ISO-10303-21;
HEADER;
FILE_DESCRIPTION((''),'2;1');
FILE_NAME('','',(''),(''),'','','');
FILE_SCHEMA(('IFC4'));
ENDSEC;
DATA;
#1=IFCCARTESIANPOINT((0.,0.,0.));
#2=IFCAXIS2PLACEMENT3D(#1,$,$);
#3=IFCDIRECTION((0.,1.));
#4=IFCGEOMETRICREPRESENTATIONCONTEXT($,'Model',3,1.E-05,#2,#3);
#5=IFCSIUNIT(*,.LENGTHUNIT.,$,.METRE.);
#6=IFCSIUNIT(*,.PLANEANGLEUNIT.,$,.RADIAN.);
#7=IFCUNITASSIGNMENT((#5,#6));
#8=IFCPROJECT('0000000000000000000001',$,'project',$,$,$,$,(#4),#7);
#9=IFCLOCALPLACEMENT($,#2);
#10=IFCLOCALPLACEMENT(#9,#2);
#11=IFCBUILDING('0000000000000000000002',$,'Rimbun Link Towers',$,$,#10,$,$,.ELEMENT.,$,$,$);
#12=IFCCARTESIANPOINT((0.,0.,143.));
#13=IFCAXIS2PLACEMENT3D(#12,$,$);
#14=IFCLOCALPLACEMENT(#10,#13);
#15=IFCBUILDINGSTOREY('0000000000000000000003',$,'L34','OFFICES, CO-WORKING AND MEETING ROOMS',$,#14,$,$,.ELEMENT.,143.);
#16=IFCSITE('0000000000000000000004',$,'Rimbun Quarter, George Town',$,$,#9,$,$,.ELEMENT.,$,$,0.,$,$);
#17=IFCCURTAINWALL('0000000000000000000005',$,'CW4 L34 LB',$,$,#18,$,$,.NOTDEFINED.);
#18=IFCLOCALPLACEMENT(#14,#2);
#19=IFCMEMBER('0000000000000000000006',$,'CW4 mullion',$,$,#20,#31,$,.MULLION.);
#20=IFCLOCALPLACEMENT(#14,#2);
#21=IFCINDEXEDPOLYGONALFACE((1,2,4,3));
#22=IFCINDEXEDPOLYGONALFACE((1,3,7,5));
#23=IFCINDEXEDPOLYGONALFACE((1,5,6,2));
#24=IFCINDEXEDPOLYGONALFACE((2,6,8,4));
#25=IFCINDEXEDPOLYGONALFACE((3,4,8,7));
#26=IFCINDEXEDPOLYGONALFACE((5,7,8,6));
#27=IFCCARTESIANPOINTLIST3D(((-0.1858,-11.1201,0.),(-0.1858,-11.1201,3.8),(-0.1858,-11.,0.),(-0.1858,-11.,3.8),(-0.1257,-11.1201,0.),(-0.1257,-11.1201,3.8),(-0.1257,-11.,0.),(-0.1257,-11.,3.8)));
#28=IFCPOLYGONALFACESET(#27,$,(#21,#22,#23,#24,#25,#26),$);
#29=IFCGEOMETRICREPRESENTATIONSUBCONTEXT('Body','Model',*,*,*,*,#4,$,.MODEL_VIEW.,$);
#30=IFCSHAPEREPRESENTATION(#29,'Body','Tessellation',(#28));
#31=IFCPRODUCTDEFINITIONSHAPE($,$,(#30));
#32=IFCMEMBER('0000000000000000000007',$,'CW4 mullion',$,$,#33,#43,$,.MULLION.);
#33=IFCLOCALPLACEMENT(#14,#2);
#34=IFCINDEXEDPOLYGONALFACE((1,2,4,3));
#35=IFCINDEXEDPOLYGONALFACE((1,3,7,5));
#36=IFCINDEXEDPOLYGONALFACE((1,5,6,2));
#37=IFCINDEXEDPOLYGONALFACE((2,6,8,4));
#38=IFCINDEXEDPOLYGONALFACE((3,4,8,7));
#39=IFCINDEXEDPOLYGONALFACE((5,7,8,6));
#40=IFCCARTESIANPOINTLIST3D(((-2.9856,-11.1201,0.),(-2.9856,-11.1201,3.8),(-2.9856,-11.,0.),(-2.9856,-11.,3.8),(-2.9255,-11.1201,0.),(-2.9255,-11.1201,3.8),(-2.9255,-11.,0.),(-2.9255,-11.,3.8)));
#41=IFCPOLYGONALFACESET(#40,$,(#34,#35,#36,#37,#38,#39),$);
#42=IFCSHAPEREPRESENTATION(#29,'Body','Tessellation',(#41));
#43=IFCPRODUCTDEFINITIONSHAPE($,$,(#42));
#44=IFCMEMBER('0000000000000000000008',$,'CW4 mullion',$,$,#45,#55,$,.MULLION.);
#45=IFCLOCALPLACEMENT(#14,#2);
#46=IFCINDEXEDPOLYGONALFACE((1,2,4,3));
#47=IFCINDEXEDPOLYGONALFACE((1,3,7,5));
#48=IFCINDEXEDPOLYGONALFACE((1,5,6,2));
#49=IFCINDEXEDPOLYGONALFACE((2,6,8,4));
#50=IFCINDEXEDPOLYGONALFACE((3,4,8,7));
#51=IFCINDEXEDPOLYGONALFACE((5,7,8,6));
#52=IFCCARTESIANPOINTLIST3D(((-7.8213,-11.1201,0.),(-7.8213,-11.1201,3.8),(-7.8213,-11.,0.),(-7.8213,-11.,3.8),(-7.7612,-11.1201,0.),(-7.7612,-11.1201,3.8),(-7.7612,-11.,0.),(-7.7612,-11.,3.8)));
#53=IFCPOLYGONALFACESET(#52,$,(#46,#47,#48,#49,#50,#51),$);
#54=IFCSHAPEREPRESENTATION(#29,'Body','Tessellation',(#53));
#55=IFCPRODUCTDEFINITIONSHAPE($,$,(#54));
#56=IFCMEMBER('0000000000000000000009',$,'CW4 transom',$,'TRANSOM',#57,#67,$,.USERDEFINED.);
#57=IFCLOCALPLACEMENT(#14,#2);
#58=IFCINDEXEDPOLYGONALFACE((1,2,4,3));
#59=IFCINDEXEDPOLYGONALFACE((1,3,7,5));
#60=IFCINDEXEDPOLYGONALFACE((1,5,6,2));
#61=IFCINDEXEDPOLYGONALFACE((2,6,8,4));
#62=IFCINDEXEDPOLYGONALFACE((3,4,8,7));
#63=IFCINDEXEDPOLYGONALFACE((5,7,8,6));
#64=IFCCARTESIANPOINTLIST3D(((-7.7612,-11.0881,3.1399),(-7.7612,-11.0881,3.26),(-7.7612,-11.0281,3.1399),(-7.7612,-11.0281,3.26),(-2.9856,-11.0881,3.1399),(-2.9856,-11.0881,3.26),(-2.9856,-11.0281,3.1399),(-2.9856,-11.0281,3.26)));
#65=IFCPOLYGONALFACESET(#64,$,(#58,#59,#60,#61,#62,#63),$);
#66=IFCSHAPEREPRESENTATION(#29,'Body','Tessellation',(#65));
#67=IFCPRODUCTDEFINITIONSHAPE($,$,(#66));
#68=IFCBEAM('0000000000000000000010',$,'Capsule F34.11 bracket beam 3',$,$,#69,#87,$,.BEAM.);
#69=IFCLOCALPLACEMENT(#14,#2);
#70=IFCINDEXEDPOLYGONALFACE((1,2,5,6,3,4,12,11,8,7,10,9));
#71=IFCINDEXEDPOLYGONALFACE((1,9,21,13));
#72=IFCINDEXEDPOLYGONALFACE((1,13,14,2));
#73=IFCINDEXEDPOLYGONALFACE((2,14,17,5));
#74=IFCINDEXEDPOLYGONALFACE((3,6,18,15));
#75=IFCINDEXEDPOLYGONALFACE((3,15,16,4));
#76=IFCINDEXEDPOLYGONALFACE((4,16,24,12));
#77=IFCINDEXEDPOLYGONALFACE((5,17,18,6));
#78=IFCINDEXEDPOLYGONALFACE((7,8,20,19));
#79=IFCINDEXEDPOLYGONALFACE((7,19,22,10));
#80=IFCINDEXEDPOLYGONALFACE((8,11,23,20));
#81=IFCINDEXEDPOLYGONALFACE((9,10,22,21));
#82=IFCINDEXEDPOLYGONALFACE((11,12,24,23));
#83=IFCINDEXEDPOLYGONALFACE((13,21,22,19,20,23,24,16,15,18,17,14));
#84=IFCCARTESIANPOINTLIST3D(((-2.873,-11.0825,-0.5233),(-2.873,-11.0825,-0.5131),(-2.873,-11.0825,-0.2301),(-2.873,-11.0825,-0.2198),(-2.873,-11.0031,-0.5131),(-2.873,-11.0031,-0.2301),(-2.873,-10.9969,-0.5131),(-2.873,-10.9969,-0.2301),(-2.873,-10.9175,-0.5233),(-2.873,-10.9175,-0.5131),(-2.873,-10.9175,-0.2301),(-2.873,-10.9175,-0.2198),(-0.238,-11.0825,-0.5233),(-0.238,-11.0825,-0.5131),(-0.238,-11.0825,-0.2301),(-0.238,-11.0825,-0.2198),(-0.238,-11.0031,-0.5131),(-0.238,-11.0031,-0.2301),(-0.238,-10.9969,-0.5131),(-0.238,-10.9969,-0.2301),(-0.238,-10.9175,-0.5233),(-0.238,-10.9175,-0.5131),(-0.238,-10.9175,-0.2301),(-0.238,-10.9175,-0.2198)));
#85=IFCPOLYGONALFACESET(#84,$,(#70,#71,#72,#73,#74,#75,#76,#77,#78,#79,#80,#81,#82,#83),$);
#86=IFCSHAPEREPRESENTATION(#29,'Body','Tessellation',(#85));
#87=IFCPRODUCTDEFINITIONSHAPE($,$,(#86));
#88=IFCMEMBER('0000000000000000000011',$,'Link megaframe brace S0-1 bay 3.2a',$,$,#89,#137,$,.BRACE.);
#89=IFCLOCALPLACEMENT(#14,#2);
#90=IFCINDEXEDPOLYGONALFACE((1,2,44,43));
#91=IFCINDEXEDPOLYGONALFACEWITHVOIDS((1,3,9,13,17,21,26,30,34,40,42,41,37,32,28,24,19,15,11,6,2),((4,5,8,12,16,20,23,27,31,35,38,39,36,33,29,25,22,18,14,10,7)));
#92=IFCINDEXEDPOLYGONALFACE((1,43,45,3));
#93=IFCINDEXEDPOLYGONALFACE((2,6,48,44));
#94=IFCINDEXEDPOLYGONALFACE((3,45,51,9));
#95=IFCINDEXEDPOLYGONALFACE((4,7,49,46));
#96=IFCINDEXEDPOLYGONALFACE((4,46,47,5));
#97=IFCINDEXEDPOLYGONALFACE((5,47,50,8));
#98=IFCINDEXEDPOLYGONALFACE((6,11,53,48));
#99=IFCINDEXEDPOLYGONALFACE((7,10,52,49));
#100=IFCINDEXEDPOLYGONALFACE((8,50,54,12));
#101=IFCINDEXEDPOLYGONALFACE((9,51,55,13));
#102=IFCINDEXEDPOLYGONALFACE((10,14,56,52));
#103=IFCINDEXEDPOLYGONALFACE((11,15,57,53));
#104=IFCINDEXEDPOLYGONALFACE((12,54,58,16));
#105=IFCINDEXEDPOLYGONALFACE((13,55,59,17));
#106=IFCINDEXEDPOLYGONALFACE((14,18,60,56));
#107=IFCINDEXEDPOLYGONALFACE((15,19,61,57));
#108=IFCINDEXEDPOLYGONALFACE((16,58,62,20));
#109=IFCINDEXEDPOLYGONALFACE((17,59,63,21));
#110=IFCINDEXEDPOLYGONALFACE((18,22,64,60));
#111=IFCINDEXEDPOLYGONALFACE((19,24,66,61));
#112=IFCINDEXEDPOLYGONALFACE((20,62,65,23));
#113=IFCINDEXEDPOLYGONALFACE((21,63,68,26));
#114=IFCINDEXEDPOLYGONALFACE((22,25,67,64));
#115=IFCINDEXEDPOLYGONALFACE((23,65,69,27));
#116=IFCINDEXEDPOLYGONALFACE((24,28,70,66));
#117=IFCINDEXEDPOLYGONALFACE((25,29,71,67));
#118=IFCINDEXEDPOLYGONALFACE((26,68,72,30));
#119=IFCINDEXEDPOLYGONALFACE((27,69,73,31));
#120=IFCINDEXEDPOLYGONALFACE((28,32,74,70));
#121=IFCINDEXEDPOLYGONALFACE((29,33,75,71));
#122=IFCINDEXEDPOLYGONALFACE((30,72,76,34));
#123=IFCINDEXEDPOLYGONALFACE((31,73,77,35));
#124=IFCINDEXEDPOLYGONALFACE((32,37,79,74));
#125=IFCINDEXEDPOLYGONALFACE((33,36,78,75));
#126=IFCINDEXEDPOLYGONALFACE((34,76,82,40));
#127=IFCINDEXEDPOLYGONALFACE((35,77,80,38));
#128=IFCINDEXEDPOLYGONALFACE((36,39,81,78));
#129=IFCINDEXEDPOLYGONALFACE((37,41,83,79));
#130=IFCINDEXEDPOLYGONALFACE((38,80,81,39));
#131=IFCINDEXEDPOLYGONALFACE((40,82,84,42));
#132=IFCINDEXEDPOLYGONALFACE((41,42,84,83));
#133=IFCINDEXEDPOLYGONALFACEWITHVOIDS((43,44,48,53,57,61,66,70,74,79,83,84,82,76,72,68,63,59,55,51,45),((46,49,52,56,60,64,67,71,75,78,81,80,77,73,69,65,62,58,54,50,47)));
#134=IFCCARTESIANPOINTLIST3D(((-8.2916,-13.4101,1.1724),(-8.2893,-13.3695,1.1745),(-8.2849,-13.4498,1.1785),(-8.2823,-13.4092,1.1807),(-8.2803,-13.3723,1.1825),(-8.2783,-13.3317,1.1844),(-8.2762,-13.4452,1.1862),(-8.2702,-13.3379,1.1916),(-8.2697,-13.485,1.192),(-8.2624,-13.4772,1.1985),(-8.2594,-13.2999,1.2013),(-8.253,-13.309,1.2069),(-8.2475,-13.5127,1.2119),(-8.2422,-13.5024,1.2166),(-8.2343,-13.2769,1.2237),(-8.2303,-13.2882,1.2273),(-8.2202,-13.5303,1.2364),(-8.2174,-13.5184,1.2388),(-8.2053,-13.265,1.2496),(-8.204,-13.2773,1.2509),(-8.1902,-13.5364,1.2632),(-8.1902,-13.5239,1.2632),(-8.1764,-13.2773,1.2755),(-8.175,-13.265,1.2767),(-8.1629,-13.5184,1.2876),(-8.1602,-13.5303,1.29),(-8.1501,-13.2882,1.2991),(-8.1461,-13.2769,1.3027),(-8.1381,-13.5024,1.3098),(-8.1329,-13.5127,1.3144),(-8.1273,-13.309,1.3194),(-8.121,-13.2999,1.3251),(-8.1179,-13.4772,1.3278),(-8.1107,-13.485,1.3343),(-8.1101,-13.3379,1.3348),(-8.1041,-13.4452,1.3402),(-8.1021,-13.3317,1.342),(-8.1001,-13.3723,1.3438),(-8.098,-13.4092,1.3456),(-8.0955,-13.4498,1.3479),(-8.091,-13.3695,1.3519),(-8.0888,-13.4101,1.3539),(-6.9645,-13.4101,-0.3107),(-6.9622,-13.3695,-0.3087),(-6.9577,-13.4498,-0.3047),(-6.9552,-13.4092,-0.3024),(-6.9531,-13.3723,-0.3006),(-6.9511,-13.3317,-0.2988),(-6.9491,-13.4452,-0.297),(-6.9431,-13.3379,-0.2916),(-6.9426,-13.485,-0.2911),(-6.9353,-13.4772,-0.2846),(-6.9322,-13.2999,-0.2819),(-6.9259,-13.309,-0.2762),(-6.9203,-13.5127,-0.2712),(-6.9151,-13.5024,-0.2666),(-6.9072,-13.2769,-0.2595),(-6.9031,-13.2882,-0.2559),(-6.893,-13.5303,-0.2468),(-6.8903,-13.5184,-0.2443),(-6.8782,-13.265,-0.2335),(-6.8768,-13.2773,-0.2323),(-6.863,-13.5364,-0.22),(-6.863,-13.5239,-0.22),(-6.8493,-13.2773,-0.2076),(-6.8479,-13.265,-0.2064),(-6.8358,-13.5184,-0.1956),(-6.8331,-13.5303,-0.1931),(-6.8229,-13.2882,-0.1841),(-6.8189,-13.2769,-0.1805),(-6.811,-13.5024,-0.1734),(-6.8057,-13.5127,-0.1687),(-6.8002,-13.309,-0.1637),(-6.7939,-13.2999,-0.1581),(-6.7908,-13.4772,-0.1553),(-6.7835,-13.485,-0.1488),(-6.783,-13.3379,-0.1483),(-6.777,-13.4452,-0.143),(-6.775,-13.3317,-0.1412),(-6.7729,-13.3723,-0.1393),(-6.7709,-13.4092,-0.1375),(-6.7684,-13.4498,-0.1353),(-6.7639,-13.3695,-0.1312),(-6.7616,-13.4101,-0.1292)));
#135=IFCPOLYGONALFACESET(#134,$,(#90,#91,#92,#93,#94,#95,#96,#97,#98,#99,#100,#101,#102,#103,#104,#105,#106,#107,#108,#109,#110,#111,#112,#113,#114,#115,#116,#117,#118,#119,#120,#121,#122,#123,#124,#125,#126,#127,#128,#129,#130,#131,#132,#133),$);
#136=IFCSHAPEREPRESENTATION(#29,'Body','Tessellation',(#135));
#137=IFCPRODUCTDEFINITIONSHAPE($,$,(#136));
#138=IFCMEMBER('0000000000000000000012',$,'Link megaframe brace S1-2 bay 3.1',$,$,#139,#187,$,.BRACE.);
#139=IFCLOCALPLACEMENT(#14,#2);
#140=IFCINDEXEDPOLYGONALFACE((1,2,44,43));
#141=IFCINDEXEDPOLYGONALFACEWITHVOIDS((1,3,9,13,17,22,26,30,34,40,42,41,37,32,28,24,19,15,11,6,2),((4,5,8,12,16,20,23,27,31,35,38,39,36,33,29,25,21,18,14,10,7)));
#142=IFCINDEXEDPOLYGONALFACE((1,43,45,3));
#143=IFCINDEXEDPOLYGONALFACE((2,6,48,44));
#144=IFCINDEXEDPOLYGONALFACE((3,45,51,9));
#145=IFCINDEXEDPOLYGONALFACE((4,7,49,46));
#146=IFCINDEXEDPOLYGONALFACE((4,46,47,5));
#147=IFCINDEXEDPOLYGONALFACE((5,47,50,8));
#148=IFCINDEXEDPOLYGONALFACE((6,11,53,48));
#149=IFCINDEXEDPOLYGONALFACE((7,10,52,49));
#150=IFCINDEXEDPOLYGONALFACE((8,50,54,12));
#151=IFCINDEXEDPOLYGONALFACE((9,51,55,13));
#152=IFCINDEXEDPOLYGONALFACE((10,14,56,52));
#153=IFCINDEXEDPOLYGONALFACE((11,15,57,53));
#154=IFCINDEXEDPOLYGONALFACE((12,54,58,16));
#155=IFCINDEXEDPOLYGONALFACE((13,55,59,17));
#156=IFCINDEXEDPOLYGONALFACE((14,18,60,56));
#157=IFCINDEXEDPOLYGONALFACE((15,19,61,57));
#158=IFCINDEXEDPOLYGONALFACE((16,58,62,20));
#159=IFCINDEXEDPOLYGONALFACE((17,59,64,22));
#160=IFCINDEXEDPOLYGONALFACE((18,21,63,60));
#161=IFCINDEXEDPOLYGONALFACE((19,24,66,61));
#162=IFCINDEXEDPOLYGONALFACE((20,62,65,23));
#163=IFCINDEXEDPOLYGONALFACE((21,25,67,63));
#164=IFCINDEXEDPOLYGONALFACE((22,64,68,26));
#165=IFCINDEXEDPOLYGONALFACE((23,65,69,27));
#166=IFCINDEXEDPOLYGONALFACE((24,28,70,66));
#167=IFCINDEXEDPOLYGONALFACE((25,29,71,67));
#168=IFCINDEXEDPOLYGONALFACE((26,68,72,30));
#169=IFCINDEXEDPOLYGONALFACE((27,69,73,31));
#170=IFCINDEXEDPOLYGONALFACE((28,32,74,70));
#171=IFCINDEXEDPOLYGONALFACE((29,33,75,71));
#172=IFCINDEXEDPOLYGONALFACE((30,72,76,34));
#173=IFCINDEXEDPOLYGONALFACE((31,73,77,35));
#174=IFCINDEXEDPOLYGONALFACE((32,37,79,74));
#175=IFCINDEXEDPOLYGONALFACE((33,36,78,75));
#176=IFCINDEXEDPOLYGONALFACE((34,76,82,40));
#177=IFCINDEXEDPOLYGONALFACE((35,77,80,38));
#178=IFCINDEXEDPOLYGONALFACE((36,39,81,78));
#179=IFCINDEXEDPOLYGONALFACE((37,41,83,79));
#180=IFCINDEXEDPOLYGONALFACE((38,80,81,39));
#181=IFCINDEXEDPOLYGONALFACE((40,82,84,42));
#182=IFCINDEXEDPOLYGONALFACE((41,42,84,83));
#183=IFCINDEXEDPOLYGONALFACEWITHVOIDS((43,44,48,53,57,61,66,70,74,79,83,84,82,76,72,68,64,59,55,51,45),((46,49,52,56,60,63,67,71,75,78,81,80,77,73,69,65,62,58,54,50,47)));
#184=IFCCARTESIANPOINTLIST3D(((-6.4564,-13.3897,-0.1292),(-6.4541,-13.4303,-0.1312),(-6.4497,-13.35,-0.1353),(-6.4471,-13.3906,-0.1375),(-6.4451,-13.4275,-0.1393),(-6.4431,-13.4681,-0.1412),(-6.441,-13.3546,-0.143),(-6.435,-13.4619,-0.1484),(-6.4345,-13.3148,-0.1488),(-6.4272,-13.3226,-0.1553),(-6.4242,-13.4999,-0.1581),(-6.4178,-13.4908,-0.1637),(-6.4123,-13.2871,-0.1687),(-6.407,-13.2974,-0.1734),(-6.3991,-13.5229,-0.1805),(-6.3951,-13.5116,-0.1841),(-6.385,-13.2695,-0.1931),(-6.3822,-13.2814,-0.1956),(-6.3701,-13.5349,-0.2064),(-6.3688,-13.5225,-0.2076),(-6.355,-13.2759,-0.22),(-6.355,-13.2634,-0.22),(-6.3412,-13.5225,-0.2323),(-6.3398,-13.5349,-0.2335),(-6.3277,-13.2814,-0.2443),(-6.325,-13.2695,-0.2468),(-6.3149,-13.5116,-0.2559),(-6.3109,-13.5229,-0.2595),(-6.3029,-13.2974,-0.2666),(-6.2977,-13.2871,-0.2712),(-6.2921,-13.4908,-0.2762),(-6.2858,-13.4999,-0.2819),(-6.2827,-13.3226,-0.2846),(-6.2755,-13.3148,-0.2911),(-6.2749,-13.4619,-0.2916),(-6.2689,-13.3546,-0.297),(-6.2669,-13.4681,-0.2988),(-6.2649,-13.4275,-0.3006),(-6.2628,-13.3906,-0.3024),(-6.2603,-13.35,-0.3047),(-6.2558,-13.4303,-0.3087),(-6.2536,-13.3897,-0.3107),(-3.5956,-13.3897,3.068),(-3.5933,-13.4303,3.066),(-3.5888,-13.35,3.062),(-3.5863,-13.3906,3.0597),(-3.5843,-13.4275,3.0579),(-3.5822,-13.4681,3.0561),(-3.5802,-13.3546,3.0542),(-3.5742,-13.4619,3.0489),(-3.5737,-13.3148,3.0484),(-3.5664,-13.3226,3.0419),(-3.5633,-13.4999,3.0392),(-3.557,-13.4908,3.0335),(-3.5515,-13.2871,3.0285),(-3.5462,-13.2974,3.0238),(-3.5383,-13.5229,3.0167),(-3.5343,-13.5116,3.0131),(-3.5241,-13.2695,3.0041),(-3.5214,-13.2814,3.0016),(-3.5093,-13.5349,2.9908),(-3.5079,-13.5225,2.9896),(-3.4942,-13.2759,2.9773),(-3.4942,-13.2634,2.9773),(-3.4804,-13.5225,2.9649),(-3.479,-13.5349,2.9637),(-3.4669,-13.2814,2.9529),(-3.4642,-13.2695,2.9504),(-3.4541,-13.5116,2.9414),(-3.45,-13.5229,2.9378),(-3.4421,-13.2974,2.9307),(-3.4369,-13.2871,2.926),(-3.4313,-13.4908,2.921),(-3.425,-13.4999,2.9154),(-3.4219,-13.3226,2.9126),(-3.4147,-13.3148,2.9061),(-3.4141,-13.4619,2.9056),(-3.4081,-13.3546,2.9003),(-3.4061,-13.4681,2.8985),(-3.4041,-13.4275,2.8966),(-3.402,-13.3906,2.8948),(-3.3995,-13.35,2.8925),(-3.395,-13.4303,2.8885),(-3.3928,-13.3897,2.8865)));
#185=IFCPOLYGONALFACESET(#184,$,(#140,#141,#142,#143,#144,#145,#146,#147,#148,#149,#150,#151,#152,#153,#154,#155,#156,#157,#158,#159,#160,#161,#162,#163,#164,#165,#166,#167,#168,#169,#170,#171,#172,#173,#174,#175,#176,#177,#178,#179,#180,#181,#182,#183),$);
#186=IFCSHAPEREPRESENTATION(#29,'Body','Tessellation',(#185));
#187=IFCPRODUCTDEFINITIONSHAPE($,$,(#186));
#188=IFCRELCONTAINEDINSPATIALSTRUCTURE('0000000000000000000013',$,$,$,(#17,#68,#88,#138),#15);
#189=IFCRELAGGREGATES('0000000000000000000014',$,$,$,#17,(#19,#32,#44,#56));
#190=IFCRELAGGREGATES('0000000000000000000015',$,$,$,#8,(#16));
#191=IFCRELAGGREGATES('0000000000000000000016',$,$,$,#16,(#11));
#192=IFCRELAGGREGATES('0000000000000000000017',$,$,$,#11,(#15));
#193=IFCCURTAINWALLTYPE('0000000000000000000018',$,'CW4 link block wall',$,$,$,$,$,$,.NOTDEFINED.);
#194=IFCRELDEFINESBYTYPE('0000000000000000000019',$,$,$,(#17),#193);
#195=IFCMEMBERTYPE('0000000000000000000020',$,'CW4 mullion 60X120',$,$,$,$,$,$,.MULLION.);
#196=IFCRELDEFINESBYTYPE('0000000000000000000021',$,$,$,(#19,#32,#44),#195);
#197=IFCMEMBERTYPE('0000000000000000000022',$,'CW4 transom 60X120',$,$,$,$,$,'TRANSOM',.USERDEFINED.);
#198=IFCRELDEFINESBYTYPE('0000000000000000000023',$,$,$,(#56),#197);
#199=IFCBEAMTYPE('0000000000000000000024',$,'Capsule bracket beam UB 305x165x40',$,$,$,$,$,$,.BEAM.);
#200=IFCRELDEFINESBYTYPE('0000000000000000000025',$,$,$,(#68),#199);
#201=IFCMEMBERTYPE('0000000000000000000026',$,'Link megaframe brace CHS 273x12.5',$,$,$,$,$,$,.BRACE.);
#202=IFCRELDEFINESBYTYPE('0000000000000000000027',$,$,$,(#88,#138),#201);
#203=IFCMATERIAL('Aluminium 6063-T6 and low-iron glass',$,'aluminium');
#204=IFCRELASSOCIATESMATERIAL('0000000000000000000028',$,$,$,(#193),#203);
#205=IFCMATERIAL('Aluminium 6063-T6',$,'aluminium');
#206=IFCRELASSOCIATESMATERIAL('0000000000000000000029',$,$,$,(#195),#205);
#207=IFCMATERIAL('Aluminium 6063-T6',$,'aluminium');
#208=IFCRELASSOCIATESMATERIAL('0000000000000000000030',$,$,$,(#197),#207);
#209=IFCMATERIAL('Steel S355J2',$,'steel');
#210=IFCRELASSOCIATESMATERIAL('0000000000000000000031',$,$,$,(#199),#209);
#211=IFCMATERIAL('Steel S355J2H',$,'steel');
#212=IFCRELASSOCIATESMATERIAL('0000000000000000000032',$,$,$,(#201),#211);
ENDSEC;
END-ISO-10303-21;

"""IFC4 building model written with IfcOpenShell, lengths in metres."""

from ifc_helpers import new_model, si_unit, direction, frame, origin, origin_2d, place, context, subcontext, project, spatial, rectangle, hollow_circle, i_section, extrude, material, material_profile, profile_set, type_object, element, aggregate, save


model = new_model("IFC4")

# Units and contexts
model_context = context("Model", 3, precision=1e-05, world=origin(), true_north=direction((0.0, 1.0)))
body_context = subcontext(model_context, "Body", "Model", "MODEL_VIEW")
ifc_project = project(units=[si_unit("LENGTHUNIT", "METRE"), si_unit("PLANEANGLEUNIT", "RADIAN")], contexts=[model_context])

# Site, building, storey
site_placement = place(None, origin())
site = spatial("IfcSite", under=ifc_project, at=site_placement, Name="Rimbun Quarter, George Town", CompositionType="ELEMENT", RefElevation=0.0)
building_placement = place(site_placement, origin())
building = spatial("IfcBuilding", under=site, at=building_placement, Name="Rimbun Link Towers", CompositionType="ELEMENT")
storey_placement = place(building_placement, frame((0.0, 0.0, 143.0)))
storey = spatial("IfcBuildingStorey", under=building, at=storey_placement, Name="L34", Description="OFFICES, CO-WORKING AND MEETING ROOMS", CompositionType="ELEMENT", Elevation=143.0)

# Curtain wall, members
ifc_material_1 = material(Name="Aluminium 6063-T6 and low-iron glass", Category="aluminium")
curtain_wall_type = type_object("IfcCurtainWallType", Name="CW4 link block wall", PredefinedType="NOTDEFINED", material=ifc_material_1)
curtain_wall_placement = place(storey_placement, origin())
curtain_wall = element("IfcCurtainWall", 1, at=curtain_wall_placement, inside=storey, type_object=curtain_wall_type, Name="CW4 L34 LB", PredefinedType="NOTDEFINED")
ifc_material_2 = material(Name="Aluminium 6063-T6", Category="aluminium")
ifc_material_profile_1 = material_profile(ifc_material_2, rectangle(XDim=0.1201, YDim=0.0601, at=origin_2d()), Name="MULLION 60X120")
ifc_profile_set_1 = profile_set([ifc_material_profile_1], Name="Aluminium 6063-T6")
member_type_1 = type_object("IfcMemberType", Name="CW4 mullion 60X120", PredefinedType="MULLION", material=ifc_profile_set_1)
member_1_placement = place(storey_placement, frame((-0.1558, -11.0601, 0.0), z_axis=(0.0, 0.0, 1.0), x_axis=(0.0, -1.0, 0.0)))
member_1 = element("IfcMember", 2, at=member_1_placement, type_object=member_type_1, Name="CW4 mullion", PredefinedType="MULLION", context=body_context, shape_type="SweptSolid", body=[
    extrude(rectangle(XDim=0.1201, YDim=0.0601, at=origin_2d()), origin(), (0.0, 0.0, 1.0), 3.8),
])
member_2_placement = place(storey_placement, frame((-2.9556, -11.0601, 0.0), z_axis=(0.0, 0.0, 1.0), x_axis=(0.0, -1.0, 0.0)))
member_2 = element("IfcMember", 3, at=member_2_placement, type_object=member_type_1, Name="CW4 mullion", PredefinedType="MULLION", context=body_context, shape_type="SweptSolid", body=[
    extrude(rectangle(XDim=0.1201, YDim=0.0601, at=origin_2d()), origin(), (0.0, 0.0, 1.0), 3.8),
])
member_3_placement = place(storey_placement, frame((-7.7913, -11.0601, 0.0), z_axis=(0.0, 0.0, 1.0), x_axis=(0.0, -1.0, 0.0)))
member_3 = element("IfcMember", 4, at=member_3_placement, type_object=member_type_1, Name="CW4 mullion", PredefinedType="MULLION", context=body_context, shape_type="SweptSolid", body=[
    extrude(rectangle(XDim=0.1201, YDim=0.0601, at=origin_2d()), origin(), (0.0, 0.0, 1.0), 3.8),
])
ifc_material_3 = material(Name="Aluminium 6063-T6", Category="aluminium")
ifc_material_profile_2 = material_profile(ifc_material_3, rectangle(XDim=0.0601, YDim=0.1201, at=origin_2d()), Name="TRANSOM 60X120")
ifc_profile_set_2 = profile_set([ifc_material_profile_2], Name="Aluminium 6063-T6")
member_type_2 = type_object("IfcMemberType", Name="CW4 transom 60X120", ElementType="TRANSOM", PredefinedType="USERDEFINED", material=ifc_profile_set_2)
member_4_placement = place(storey_placement, frame((-2.9856, -11.0581, 3.2), z_axis=(-1.0, 0.0, 0.0), x_axis=(0.0, -1.0, 0.0)))
member_4 = element("IfcMember", 5, at=member_4_placement, type_object=member_type_2, Name="CW4 transom", ObjectType="TRANSOM", PredefinedType="USERDEFINED", context=body_context, shape_type="SweptSolid", body=[
    extrude(rectangle(XDim=0.0601, YDim=0.1201, at=origin_2d()), origin(), (0.0, 0.0, 1.0), 4.7756),
])

# Beam
ifc_material_4 = material(Name="Steel S355J2", Category="steel")
ifc_material_profile_3 = material_profile(ifc_material_4, i_section(OverallWidth=0.165, OverallDepth=0.3035, WebThickness=0.0061, FlangeThickness=0.0103, at=origin_2d()), Name="UB 305x165x40")
ifc_profile_set_3 = profile_set([ifc_material_profile_3], Name="Steel S355J2")
beam_type_1 = type_object("IfcBeamType", Name="Capsule bracket beam UB 305x165x40", PredefinedType="BEAM", material=ifc_profile_set_3)
beam_placement = place(storey_placement, frame((-2.873, -11.0, -0.3716), z_axis=(1.0, 0.0, 0.0), x_axis=(0.0, 1.0, 0.0)))
element("IfcBeam", 6, at=beam_placement, inside=storey, type_object=beam_type_1, Name="Capsule F34.11 bracket beam 3", PredefinedType="BEAM", context=body_context, shape_type="SweptSolid", body=[
    extrude(i_section(OverallWidth=0.165, OverallDepth=0.3035, WebThickness=0.0061, FlangeThickness=0.0103, at=origin_2d()), origin(), (0.0, 0.0, 1.0), 2.635),
])

# Members
ifc_material_5 = material(Name="Steel S355J2H", Category="steel")
ifc_material_profile_4 = material_profile(ifc_material_5, hollow_circle(Radius=0.1365, WallThickness=0.0125, at=origin_2d()), Name="CHS 273x12.5")
ifc_profile_set_4 = profile_set([ifc_material_profile_4], Name="Steel S355J2H")
member_type_3 = type_object("IfcMemberType", Name="Link megaframe brace CHS 273x12.5", PredefinedType="BRACE", material=ifc_profile_set_4)
member_5_placement = place(storey_placement, frame((-6.863, -13.3999, -0.22), z_axis=(-0.666827, 0.0, 0.745212), x_axis=(0.0, -1.0, 0.0)))
element("IfcMember", 7, at=member_5_placement, inside=storey, type_object=member_type_3, Name="Link megaframe brace S0-1 bay 3.2a", PredefinedType="BRACE", context=body_context, shape_type="SweptSolid", body=[
    extrude(hollow_circle(Radius=0.1365, WallThickness=0.0125, at=origin_2d()), origin(), (0.0, 0.0, 1.0), 1.9902),
])
member_6_placement = place(storey_placement, frame((-6.355, -13.3999, -0.22), z_axis=(0.666811, 0.0, 0.745226), x_axis=(0.0, 1.0, 0.0)))
element("IfcMember", 8, at=member_6_placement, inside=storey, type_object=member_type_3, Name="Link megaframe brace S1-2 bay 3.1", PredefinedType="BRACE", context=body_context, shape_type="SweptSolid", body=[
    extrude(hollow_circle(Radius=0.1365, WallThickness=0.0125, at=origin_2d()), origin(), (0.0, 0.0, 1.0), 4.2903),
])

aggregate(curtain_wall, [member_1, member_2, member_3, member_4])

save(model, "model.ifc")
